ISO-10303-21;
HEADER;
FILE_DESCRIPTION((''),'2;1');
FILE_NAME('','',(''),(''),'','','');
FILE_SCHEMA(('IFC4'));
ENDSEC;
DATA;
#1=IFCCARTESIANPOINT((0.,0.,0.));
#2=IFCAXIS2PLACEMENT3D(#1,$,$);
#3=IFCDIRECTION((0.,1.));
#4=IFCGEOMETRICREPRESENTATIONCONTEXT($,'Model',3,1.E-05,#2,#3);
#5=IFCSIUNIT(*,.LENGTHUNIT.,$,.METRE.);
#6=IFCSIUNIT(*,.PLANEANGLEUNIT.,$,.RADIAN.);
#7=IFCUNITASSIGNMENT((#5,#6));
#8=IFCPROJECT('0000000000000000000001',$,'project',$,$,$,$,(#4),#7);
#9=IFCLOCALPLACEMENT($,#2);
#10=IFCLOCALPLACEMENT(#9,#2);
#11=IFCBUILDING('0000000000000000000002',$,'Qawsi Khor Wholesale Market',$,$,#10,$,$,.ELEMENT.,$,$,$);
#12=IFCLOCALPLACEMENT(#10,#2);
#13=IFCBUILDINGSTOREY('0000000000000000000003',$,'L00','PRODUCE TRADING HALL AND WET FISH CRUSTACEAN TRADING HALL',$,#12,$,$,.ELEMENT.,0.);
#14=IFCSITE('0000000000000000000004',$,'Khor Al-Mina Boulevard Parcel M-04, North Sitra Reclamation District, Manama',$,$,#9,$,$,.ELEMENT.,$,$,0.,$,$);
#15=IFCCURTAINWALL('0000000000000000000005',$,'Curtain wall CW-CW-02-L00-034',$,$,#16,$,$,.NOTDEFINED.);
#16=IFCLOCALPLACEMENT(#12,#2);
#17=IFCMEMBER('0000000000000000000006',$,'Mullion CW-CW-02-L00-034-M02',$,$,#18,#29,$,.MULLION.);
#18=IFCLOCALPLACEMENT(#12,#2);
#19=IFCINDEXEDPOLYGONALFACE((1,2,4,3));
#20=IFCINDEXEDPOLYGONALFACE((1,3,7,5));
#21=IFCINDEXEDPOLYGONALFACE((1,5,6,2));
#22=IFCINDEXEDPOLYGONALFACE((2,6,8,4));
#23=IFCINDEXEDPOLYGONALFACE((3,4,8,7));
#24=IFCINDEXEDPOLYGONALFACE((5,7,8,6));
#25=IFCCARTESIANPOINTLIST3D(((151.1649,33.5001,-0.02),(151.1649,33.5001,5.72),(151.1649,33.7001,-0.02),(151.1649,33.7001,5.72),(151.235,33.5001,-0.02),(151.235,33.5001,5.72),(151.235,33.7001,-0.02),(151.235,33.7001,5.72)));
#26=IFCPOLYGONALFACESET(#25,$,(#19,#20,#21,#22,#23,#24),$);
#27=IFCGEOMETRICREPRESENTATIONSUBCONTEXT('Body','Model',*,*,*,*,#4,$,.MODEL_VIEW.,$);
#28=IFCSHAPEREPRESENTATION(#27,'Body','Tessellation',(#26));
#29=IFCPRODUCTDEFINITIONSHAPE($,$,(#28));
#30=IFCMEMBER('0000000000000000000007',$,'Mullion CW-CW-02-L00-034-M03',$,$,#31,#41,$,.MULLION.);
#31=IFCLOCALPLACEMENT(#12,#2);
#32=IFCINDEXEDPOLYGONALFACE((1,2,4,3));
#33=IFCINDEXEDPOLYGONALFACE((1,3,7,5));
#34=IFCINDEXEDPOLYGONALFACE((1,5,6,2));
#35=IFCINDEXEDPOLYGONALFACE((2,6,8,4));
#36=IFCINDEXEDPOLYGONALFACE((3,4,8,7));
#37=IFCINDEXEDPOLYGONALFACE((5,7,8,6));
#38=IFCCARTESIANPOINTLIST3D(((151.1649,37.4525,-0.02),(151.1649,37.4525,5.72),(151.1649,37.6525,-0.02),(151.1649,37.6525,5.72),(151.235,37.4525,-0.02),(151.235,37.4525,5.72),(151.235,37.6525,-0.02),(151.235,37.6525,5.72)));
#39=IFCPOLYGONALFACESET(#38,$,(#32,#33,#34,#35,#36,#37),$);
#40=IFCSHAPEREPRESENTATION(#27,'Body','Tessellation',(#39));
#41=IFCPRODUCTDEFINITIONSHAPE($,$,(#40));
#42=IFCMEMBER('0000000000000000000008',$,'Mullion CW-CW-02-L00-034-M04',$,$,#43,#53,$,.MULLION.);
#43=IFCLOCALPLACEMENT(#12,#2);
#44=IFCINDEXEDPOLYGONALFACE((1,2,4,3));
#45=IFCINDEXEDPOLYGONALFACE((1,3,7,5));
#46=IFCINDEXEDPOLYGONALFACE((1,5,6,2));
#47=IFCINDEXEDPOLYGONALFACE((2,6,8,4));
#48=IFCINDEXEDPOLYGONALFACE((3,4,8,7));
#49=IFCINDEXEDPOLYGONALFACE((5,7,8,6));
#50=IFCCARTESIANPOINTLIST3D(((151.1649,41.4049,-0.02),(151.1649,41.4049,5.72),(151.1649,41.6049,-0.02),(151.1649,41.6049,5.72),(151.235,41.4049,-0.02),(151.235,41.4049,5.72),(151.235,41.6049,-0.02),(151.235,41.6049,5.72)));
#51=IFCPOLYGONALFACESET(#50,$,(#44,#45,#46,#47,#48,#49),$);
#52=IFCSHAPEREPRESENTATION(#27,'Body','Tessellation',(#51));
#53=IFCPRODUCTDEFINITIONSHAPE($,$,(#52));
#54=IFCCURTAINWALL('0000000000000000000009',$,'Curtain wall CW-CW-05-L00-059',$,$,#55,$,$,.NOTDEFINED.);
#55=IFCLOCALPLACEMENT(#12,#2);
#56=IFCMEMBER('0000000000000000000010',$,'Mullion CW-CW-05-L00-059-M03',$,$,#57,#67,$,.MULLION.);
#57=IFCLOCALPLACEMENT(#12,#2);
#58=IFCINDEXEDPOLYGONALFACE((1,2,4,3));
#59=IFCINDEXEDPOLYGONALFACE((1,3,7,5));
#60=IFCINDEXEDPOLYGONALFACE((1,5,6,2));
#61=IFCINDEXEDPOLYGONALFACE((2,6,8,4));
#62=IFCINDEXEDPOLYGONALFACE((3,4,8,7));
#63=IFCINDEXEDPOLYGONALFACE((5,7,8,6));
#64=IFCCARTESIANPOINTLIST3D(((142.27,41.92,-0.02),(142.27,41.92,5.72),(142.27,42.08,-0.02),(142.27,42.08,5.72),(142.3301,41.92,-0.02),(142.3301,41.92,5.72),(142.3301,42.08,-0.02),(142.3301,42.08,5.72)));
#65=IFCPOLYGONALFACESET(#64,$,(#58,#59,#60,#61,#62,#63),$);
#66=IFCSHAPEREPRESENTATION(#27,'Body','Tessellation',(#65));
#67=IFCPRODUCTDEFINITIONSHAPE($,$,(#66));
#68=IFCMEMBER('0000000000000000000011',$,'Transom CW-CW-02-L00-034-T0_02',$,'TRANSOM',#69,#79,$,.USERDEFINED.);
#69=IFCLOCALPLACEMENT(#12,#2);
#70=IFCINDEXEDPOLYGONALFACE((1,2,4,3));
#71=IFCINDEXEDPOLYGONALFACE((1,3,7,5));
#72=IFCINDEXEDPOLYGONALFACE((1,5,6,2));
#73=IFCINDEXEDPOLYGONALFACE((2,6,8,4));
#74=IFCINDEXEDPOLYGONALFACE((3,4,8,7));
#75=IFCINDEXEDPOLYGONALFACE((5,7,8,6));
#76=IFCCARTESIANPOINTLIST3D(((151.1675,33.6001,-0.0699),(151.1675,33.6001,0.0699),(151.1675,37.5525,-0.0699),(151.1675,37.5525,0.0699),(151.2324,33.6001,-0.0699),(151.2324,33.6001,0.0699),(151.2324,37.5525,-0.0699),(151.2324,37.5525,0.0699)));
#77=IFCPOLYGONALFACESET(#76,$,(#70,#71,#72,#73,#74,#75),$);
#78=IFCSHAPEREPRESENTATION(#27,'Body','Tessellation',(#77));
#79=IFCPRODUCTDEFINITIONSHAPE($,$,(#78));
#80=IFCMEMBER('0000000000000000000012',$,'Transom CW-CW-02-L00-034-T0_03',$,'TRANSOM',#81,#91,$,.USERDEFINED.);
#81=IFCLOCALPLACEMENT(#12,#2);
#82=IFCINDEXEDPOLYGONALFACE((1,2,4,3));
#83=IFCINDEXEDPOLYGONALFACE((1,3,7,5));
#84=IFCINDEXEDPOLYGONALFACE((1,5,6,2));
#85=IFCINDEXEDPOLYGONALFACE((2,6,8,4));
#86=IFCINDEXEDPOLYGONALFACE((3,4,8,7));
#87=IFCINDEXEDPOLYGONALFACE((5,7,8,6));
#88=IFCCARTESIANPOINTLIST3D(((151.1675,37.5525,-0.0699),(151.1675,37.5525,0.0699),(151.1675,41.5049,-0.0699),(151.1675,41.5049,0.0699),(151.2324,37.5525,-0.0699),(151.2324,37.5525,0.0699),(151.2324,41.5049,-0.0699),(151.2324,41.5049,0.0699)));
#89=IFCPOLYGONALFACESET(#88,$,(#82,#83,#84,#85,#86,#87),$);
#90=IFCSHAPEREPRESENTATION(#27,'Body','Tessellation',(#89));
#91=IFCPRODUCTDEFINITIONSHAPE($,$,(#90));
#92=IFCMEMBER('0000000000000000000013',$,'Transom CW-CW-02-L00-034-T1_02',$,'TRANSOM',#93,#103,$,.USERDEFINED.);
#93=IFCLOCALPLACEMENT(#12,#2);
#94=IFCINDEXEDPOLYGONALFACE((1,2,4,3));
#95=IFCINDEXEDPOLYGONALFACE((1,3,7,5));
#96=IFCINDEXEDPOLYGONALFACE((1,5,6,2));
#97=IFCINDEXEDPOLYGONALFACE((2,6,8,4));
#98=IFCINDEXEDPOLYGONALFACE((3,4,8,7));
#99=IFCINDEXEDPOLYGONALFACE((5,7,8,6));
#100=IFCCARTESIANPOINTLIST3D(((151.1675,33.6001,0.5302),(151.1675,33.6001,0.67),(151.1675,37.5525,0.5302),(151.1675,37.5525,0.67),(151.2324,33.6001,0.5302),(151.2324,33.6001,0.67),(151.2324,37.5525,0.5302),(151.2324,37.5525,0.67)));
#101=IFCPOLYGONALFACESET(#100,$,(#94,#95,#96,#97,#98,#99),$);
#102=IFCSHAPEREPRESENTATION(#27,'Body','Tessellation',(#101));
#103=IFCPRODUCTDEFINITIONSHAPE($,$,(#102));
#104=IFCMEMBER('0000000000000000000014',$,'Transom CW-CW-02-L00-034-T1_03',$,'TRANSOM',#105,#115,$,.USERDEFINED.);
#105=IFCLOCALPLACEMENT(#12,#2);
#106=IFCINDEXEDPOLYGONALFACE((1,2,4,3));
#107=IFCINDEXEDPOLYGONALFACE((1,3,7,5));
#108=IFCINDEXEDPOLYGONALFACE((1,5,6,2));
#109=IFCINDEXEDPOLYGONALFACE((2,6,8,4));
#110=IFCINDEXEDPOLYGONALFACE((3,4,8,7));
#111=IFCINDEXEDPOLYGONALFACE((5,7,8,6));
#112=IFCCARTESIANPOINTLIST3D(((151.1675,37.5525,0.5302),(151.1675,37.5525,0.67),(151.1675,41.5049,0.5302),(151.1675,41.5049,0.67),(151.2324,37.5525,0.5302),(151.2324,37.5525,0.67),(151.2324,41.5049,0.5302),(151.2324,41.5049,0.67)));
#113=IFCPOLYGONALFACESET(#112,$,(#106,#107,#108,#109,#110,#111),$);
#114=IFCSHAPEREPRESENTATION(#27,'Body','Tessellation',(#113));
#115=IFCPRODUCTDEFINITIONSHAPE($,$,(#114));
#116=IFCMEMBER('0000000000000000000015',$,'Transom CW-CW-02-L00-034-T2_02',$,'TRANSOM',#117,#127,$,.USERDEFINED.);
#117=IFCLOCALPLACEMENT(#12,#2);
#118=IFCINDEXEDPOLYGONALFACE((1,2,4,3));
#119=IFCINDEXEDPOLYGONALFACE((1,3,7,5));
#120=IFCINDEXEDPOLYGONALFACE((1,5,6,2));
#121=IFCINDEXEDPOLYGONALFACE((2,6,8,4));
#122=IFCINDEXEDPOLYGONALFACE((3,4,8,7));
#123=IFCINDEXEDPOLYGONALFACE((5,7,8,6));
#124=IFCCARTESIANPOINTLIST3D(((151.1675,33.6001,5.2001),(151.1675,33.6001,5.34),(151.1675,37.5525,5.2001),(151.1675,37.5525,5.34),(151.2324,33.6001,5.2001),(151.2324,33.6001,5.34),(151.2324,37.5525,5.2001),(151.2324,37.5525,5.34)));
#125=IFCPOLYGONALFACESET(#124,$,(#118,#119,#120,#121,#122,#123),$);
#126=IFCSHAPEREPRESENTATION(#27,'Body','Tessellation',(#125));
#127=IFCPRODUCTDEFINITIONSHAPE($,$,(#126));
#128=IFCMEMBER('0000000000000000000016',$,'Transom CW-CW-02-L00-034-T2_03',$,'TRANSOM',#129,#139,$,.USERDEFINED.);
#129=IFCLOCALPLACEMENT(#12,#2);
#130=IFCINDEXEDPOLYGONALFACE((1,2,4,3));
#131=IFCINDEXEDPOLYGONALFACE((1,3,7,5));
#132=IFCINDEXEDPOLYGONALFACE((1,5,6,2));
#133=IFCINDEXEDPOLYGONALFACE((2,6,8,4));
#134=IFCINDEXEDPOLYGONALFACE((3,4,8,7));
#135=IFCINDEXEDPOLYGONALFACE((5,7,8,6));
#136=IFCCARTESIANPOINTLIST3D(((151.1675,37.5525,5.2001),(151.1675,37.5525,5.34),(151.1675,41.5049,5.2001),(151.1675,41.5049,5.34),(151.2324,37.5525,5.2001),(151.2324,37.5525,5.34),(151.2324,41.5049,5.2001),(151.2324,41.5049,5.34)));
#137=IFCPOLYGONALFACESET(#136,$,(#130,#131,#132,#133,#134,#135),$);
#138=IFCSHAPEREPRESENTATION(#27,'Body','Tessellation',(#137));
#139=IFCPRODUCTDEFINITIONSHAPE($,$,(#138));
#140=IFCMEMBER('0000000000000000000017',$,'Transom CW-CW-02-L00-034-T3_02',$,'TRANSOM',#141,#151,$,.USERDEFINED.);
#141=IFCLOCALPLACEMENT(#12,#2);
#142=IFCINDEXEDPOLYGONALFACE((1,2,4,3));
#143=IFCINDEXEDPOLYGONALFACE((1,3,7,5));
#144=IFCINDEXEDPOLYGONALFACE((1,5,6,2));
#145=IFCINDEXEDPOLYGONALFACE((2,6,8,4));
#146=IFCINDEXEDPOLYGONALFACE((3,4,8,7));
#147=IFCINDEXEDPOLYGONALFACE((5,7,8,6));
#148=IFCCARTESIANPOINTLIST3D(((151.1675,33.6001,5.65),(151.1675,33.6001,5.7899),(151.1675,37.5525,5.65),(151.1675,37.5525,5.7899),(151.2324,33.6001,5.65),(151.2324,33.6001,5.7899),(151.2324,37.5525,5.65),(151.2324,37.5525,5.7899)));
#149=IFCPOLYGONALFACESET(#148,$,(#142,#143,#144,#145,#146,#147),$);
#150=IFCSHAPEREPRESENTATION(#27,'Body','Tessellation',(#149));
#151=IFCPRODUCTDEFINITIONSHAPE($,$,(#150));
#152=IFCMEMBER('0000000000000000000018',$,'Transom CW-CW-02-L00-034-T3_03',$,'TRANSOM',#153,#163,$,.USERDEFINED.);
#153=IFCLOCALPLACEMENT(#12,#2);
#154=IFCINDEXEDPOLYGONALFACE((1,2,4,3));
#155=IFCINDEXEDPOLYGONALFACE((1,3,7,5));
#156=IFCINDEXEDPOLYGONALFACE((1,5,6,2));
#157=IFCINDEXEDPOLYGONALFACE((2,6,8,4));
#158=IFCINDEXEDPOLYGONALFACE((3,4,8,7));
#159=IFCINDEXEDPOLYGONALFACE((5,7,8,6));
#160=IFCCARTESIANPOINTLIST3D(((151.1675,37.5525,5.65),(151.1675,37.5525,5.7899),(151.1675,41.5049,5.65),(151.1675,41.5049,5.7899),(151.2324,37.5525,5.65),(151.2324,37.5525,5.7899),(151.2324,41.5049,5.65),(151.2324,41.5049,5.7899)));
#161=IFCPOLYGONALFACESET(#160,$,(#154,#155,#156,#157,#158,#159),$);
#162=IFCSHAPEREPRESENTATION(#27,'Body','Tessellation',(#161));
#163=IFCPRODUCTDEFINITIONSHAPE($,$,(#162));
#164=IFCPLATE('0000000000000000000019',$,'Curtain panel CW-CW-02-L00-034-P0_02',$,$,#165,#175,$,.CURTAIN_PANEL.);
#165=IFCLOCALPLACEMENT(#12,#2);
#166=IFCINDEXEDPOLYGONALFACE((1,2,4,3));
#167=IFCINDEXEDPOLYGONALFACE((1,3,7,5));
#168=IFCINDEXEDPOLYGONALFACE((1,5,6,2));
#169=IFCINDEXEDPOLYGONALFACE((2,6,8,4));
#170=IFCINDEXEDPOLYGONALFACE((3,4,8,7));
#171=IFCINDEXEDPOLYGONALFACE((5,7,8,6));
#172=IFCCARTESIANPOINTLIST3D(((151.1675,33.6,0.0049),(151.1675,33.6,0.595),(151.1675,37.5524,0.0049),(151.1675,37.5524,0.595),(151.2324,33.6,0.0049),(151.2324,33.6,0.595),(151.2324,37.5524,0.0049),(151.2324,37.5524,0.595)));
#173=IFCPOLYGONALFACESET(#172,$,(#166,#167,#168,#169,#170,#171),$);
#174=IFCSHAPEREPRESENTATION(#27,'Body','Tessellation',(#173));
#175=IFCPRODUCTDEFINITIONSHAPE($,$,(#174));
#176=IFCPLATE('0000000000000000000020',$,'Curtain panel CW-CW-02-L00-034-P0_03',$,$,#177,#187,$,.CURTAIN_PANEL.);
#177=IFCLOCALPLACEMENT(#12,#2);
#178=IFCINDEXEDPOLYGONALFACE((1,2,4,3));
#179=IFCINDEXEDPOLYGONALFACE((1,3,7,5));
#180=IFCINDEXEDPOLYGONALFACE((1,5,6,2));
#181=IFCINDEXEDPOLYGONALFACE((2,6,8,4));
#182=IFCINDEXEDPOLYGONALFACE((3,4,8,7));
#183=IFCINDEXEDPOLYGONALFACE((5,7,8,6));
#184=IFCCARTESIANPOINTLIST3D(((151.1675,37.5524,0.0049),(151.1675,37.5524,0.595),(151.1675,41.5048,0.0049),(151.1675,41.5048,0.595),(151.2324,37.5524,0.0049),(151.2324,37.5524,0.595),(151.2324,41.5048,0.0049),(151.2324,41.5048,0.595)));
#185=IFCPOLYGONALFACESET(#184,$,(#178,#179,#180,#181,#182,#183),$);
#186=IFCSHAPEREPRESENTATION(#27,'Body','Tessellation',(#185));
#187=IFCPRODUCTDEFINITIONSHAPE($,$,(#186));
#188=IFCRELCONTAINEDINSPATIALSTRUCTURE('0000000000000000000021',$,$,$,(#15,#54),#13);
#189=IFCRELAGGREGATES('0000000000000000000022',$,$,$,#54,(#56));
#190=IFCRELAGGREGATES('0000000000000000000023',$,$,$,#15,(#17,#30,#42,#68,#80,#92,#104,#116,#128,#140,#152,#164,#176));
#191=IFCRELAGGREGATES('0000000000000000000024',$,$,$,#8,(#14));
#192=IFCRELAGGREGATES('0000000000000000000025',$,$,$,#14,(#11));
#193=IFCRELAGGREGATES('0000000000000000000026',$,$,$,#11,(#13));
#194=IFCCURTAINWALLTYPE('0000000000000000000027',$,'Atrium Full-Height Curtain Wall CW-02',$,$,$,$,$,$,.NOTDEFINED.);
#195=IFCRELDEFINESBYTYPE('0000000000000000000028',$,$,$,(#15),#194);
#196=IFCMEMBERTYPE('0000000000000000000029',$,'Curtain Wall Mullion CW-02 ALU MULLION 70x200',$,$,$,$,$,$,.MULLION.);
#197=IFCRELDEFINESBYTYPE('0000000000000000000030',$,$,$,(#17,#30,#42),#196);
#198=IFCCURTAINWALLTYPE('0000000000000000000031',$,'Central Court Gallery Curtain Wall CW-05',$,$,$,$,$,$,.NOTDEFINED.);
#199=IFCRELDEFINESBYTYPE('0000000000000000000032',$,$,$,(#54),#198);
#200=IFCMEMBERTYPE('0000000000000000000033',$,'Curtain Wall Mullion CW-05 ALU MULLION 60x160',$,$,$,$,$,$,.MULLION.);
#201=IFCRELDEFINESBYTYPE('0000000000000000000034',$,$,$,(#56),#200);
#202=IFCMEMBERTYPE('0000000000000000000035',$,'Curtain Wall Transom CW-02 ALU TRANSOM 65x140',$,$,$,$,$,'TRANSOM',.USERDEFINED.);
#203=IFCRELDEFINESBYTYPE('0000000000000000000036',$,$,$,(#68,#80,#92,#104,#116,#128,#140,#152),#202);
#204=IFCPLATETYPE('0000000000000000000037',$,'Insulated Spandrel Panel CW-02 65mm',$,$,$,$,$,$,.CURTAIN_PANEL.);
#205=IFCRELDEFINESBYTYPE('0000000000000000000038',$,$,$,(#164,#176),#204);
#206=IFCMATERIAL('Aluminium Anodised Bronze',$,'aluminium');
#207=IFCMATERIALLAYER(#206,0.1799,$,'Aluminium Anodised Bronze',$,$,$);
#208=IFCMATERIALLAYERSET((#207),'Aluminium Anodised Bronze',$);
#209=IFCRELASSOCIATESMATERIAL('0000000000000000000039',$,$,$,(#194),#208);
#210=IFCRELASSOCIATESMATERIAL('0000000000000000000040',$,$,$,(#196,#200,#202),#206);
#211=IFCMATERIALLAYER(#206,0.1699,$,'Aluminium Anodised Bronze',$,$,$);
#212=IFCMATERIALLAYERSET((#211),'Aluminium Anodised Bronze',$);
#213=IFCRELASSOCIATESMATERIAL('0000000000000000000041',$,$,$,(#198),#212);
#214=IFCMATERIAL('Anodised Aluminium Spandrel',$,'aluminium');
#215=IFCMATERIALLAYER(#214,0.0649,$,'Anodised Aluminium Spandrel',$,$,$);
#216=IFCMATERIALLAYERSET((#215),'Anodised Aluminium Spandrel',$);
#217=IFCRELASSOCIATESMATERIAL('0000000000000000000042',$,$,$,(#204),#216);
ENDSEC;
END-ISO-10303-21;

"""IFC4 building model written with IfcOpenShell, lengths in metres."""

from ifc_helpers import new_model, si_unit, direction, frame, frame_2d, origin, origin_2d, place, context, subcontext, project, spatial, rectangle, extrude, material, layer, layer_set, material_profile, profile_set, type_object, element, aggregate, save


model = new_model("IFC4")

# Units and contexts
model_context = context("Model", 3, precision=1e-05, world=origin(), true_north=direction((0.0, 1.0)))
body_context = subcontext(model_context, "Body", "Model", "MODEL_VIEW")
ifc_project = project(units=[si_unit("LENGTHUNIT", "METRE"), si_unit("PLANEANGLEUNIT", "RADIAN")], contexts=[model_context])

# Site, building, storey
site_placement = place(None, origin())
site = spatial("IfcSite", under=ifc_project, at=site_placement, Name="Khor Al-Mina Boulevard Parcel M-04, North Sitra Reclamation District, Manama", CompositionType="ELEMENT", RefElevation=0.0)
building_placement = place(site_placement, origin())
building = spatial("IfcBuilding", under=site, at=building_placement, Name="Qawsi Khor Wholesale Market", CompositionType="ELEMENT")
storey_placement = place(building_placement, origin())
storey = spatial("IfcBuildingStorey", under=building, at=storey_placement, Name="L00", Description="PRODUCE TRADING HALL AND WET FISH CRUSTACEAN TRADING HALL", CompositionType="ELEMENT", Elevation=0.0)

# Curtain wall, members
ifc_material_1 = material(Name="Aluminium Anodised Bronze", Category="aluminium")
ifc_layer_1 = layer(ifc_material_1, 0.1799, Name="Aluminium Anodised Bronze")
ifc_layer_set_1 = layer_set([ifc_layer_1], Name="Aluminium Anodised Bronze")
curtain_wall_type_1 = type_object("IfcCurtainWallType", Name="Atrium Full-Height Curtain Wall CW-02", PredefinedType="NOTDEFINED", material=ifc_layer_set_1)
curtain_wall_1_placement = place(storey_placement, origin())
curtain_wall_1 = element("IfcCurtainWall", 1, at=curtain_wall_1_placement, inside=storey, type_object=curtain_wall_type_1, Name="Curtain wall CW-CW-02-L00-034", PredefinedType="NOTDEFINED")
ifc_material_profile_1 = material_profile(ifc_material_1, rectangle(XDim=0.0701, YDim=0.2, at=origin_2d()), Name="ALU MULLION 70x200")
ifc_profile_set_1 = profile_set([ifc_material_profile_1], Name="Aluminium Anodised Bronze")
member_type_1 = type_object("IfcMemberType", Name="Curtain Wall Mullion CW-02 ALU MULLION 70x200", PredefinedType="MULLION", material=ifc_profile_set_1)
member_1_placement = place(storey_placement, frame((151.2, 33.6001, -0.02), z_axis=(0.0, 0.0, 1.0), x_axis=(1.0, 0.0, 0.0)))
member_1 = element("IfcMember", 2, at=member_1_placement, type_object=member_type_1, Name="Mullion CW-CW-02-L00-034-M02", PredefinedType="MULLION", context=body_context, shape_type="SweptSolid", body=[
    extrude(rectangle(XDim=0.0701, YDim=0.2, at=origin_2d()), origin(), (0.0, 0.0, 1.0), 5.74),
])
member_2_placement = place(storey_placement, frame((151.2, 37.5525, -0.02), z_axis=(0.0, 0.0, 1.0), x_axis=(1.0, 0.0, 0.0)))
member_2 = element("IfcMember", 3, at=member_2_placement, type_object=member_type_1, Name="Mullion CW-CW-02-L00-034-M03", PredefinedType="MULLION", context=body_context, shape_type="SweptSolid", body=[
    extrude(rectangle(XDim=0.0701, YDim=0.2, at=origin_2d()), origin(), (0.0, 0.0, 1.0), 5.74),
])
member_3_placement = place(storey_placement, frame((151.2, 41.5049, -0.02), z_axis=(0.0, 0.0, 1.0), x_axis=(1.0, 0.0, 0.0)))
member_3 = element("IfcMember", 4, at=member_3_placement, type_object=member_type_1, Name="Mullion CW-CW-02-L00-034-M04", PredefinedType="MULLION", context=body_context, shape_type="SweptSolid", body=[
    extrude(rectangle(XDim=0.0701, YDim=0.2, at=origin_2d()), origin(), (0.0, 0.0, 1.0), 5.74),
])

# Curtain wall, member
ifc_layer_2 = layer(ifc_material_1, 0.1699, Name="Aluminium Anodised Bronze")
ifc_layer_set_2 = layer_set([ifc_layer_2], Name="Aluminium Anodised Bronze")
curtain_wall_type_2 = type_object("IfcCurtainWallType", Name="Central Court Gallery Curtain Wall CW-05", PredefinedType="NOTDEFINED", material=ifc_layer_set_2)
curtain_wall_2_placement = place(storey_placement, origin())
curtain_wall_2 = element("IfcCurtainWall", 5, at=curtain_wall_2_placement, inside=storey, type_object=curtain_wall_type_2, Name="Curtain wall CW-CW-05-L00-059", PredefinedType="NOTDEFINED")
ifc_material_profile_2 = material_profile(ifc_material_1, rectangle(XDim=0.0601, YDim=0.1599, at=origin_2d()), Name="ALU MULLION 60x160")
ifc_profile_set_2 = profile_set([ifc_material_profile_2], Name="Aluminium Anodised Bronze")
member_type_2 = type_object("IfcMemberType", Name="Curtain Wall Mullion CW-05 ALU MULLION 60x160", PredefinedType="MULLION", material=ifc_profile_set_2)
member_4_placement = place(storey_placement, frame((142.3, 42.0, -0.02), z_axis=(0.0, 0.0, 1.0), x_axis=(1.0, 0.0, 0.0)))
member_4 = element("IfcMember", 6, at=member_4_placement, type_object=member_type_2, Name="Mullion CW-CW-05-L00-059-M03", PredefinedType="MULLION", context=body_context, shape_type="SweptSolid", body=[
    extrude(rectangle(XDim=0.0601, YDim=0.1599, at=origin_2d()), origin(), (0.0, 0.0, 1.0), 5.74),
])
aggregate(curtain_wall_2, [member_4])

# Members
ifc_material_profile_3 = material_profile(ifc_material_1, rectangle(XDim=0.0649, YDim=0.1399, at=origin_2d()), Name="ALU TRANSOM 65x140")
ifc_profile_set_3 = profile_set([ifc_material_profile_3], Name="Aluminium Anodised Bronze")
member_type_3 = type_object("IfcMemberType", Name="Curtain Wall Transom CW-02 ALU TRANSOM 65x140", ElementType="TRANSOM", PredefinedType="USERDEFINED", material=ifc_profile_set_3)
member_5_placement = place(storey_placement, frame((151.2, 33.6001, 0.0), z_axis=(0.0, 1.0, 0.0), x_axis=(-1.0, 0.0, 0.0)))
member_5 = element("IfcMember", 7, at=member_5_placement, type_object=member_type_3, Name="Transom CW-CW-02-L00-034-T0_02", ObjectType="TRANSOM", PredefinedType="USERDEFINED", context=body_context, shape_type="SweptSolid", body=[
    extrude(rectangle(XDim=0.0649, YDim=0.1399, at=origin_2d()), origin(), (0.0, 0.0, 1.0), 3.9524),
])
member_6_placement = place(storey_placement, frame((151.2, 37.5525, 0.0), z_axis=(0.0, 1.0, 0.0), x_axis=(-1.0, 0.0, 0.0)))
member_6 = element("IfcMember", 8, at=member_6_placement, type_object=member_type_3, Name="Transom CW-CW-02-L00-034-T0_03", ObjectType="TRANSOM", PredefinedType="USERDEFINED", context=body_context, shape_type="SweptSolid", body=[
    extrude(rectangle(XDim=0.0649, YDim=0.1399, at=origin_2d()), origin(), (0.0, 0.0, 1.0), 3.9524),
])
member_7_placement = place(storey_placement, frame((151.2, 33.6001, 0.6001), z_axis=(0.0, 1.0, 0.0), x_axis=(-1.0, 0.0, 0.0)))
member_7 = element("IfcMember", 9, at=member_7_placement, type_object=member_type_3, Name="Transom CW-CW-02-L00-034-T1_02", ObjectType="TRANSOM", PredefinedType="USERDEFINED", context=body_context, shape_type="SweptSolid", body=[
    extrude(rectangle(XDim=0.0649, YDim=0.1399, at=origin_2d()), origin(), (0.0, 0.0, 1.0), 3.9524),
])
member_8_placement = place(storey_placement, frame((151.2, 37.5525, 0.6001), z_axis=(0.0, 1.0, 0.0), x_axis=(-1.0, 0.0, 0.0)))
member_8 = element("IfcMember", 10, at=member_8_placement, type_object=member_type_3, Name="Transom CW-CW-02-L00-034-T1_03", ObjectType="TRANSOM", PredefinedType="USERDEFINED", context=body_context, shape_type="SweptSolid", body=[
    extrude(rectangle(XDim=0.0649, YDim=0.1399, at=origin_2d()), origin(), (0.0, 0.0, 1.0), 3.9524),
])
member_9_placement = place(storey_placement, frame((151.2, 33.6001, 5.27), z_axis=(0.0, 1.0, 0.0), x_axis=(-1.0, 0.0, 0.0)))
member_9 = element("IfcMember", 11, at=member_9_placement, type_object=member_type_3, Name="Transom CW-CW-02-L00-034-T2_02", ObjectType="TRANSOM", PredefinedType="USERDEFINED", context=body_context, shape_type="SweptSolid", body=[
    extrude(rectangle(XDim=0.0649, YDim=0.1399, at=origin_2d()), origin(), (0.0, 0.0, 1.0), 3.9524),
])
member_10_placement = place(storey_placement, frame((151.2, 37.5525, 5.27), z_axis=(0.0, 1.0, 0.0), x_axis=(-1.0, 0.0, 0.0)))
member_10 = element("IfcMember", 12, at=member_10_placement, type_object=member_type_3, Name="Transom CW-CW-02-L00-034-T2_03", ObjectType="TRANSOM", PredefinedType="USERDEFINED", context=body_context, shape_type="SweptSolid", body=[
    extrude(rectangle(XDim=0.0649, YDim=0.1399, at=origin_2d()), origin(), (0.0, 0.0, 1.0), 3.9524),
])
member_11_placement = place(storey_placement, frame((151.2, 33.6001, 5.72), z_axis=(0.0, 1.0, 0.0), x_axis=(-1.0, 0.0, 0.0)))
member_11 = element("IfcMember", 13, at=member_11_placement, type_object=member_type_3, Name="Transom CW-CW-02-L00-034-T3_02", ObjectType="TRANSOM", PredefinedType="USERDEFINED", context=body_context, shape_type="SweptSolid", body=[
    extrude(rectangle(XDim=0.0649, YDim=0.1399, at=origin_2d()), origin(), (0.0, 0.0, 1.0), 3.9524),
])
member_12_placement = place(storey_placement, frame((151.2, 37.5525, 5.72), z_axis=(0.0, 1.0, 0.0), x_axis=(-1.0, 0.0, 0.0)))
member_12 = element("IfcMember", 14, at=member_12_placement, type_object=member_type_3, Name="Transom CW-CW-02-L00-034-T3_03", ObjectType="TRANSOM", PredefinedType="USERDEFINED", context=body_context, shape_type="SweptSolid", body=[
    extrude(rectangle(XDim=0.0649, YDim=0.1399, at=origin_2d()), origin(), (0.0, 0.0, 1.0), 3.9524),
])

# Plates
ifc_material_2 = material(Name="Anodised Aluminium Spandrel", Category="aluminium")
ifc_layer_3 = layer(ifc_material_2, 0.0649, Name="Anodised Aluminium Spandrel")
ifc_layer_set_3 = layer_set([ifc_layer_3], Name="Anodised Aluminium Spandrel")
plate_type_1 = type_object("IfcPlateType", Name="Insulated Spandrel Panel CW-02 65mm", PredefinedType="CURTAIN_PANEL", material=ifc_layer_set_3)
plate_1_placement = place(storey_placement, frame((151.2, 33.6001, 0.0049), z_axis=(0.0, 0.0, 1.0), x_axis=(0.0, 1.0, 0.0)))
plate_1 = element("IfcPlate", 15, at=plate_1_placement, type_object=plate_type_1, Name="Curtain panel CW-CW-02-L00-034-P0_02", PredefinedType="CURTAIN_PANEL", context=body_context, shape_type="SweptSolid", body=[
    extrude(rectangle(XDim=3.9524, YDim=0.0649, at=frame_2d((1.9761, 0.0))), origin(), (0.0, 0.0, 1.0), 0.5901),
])
plate_2_placement = place(storey_placement, frame((151.2, 37.5525, 0.0049), z_axis=(0.0, 0.0, 1.0), x_axis=(0.0, 1.0, 0.0)))
plate_2 = element("IfcPlate", 16, at=plate_2_placement, type_object=plate_type_1, Name="Curtain panel CW-CW-02-L00-034-P0_03", PredefinedType="CURTAIN_PANEL", context=body_context, shape_type="SweptSolid", body=[
    extrude(rectangle(XDim=3.9524, YDim=0.0649, at=frame_2d((1.9761, 0.0))), origin(), (0.0, 0.0, 1.0), 0.5901),
])
aggregate(curtain_wall_1, [member_1, member_2, member_3, member_5, member_6, member_7, member_8, member_9, member_10, member_11, member_12, plate_1, plate_2])

save(model, "model.ifc")
